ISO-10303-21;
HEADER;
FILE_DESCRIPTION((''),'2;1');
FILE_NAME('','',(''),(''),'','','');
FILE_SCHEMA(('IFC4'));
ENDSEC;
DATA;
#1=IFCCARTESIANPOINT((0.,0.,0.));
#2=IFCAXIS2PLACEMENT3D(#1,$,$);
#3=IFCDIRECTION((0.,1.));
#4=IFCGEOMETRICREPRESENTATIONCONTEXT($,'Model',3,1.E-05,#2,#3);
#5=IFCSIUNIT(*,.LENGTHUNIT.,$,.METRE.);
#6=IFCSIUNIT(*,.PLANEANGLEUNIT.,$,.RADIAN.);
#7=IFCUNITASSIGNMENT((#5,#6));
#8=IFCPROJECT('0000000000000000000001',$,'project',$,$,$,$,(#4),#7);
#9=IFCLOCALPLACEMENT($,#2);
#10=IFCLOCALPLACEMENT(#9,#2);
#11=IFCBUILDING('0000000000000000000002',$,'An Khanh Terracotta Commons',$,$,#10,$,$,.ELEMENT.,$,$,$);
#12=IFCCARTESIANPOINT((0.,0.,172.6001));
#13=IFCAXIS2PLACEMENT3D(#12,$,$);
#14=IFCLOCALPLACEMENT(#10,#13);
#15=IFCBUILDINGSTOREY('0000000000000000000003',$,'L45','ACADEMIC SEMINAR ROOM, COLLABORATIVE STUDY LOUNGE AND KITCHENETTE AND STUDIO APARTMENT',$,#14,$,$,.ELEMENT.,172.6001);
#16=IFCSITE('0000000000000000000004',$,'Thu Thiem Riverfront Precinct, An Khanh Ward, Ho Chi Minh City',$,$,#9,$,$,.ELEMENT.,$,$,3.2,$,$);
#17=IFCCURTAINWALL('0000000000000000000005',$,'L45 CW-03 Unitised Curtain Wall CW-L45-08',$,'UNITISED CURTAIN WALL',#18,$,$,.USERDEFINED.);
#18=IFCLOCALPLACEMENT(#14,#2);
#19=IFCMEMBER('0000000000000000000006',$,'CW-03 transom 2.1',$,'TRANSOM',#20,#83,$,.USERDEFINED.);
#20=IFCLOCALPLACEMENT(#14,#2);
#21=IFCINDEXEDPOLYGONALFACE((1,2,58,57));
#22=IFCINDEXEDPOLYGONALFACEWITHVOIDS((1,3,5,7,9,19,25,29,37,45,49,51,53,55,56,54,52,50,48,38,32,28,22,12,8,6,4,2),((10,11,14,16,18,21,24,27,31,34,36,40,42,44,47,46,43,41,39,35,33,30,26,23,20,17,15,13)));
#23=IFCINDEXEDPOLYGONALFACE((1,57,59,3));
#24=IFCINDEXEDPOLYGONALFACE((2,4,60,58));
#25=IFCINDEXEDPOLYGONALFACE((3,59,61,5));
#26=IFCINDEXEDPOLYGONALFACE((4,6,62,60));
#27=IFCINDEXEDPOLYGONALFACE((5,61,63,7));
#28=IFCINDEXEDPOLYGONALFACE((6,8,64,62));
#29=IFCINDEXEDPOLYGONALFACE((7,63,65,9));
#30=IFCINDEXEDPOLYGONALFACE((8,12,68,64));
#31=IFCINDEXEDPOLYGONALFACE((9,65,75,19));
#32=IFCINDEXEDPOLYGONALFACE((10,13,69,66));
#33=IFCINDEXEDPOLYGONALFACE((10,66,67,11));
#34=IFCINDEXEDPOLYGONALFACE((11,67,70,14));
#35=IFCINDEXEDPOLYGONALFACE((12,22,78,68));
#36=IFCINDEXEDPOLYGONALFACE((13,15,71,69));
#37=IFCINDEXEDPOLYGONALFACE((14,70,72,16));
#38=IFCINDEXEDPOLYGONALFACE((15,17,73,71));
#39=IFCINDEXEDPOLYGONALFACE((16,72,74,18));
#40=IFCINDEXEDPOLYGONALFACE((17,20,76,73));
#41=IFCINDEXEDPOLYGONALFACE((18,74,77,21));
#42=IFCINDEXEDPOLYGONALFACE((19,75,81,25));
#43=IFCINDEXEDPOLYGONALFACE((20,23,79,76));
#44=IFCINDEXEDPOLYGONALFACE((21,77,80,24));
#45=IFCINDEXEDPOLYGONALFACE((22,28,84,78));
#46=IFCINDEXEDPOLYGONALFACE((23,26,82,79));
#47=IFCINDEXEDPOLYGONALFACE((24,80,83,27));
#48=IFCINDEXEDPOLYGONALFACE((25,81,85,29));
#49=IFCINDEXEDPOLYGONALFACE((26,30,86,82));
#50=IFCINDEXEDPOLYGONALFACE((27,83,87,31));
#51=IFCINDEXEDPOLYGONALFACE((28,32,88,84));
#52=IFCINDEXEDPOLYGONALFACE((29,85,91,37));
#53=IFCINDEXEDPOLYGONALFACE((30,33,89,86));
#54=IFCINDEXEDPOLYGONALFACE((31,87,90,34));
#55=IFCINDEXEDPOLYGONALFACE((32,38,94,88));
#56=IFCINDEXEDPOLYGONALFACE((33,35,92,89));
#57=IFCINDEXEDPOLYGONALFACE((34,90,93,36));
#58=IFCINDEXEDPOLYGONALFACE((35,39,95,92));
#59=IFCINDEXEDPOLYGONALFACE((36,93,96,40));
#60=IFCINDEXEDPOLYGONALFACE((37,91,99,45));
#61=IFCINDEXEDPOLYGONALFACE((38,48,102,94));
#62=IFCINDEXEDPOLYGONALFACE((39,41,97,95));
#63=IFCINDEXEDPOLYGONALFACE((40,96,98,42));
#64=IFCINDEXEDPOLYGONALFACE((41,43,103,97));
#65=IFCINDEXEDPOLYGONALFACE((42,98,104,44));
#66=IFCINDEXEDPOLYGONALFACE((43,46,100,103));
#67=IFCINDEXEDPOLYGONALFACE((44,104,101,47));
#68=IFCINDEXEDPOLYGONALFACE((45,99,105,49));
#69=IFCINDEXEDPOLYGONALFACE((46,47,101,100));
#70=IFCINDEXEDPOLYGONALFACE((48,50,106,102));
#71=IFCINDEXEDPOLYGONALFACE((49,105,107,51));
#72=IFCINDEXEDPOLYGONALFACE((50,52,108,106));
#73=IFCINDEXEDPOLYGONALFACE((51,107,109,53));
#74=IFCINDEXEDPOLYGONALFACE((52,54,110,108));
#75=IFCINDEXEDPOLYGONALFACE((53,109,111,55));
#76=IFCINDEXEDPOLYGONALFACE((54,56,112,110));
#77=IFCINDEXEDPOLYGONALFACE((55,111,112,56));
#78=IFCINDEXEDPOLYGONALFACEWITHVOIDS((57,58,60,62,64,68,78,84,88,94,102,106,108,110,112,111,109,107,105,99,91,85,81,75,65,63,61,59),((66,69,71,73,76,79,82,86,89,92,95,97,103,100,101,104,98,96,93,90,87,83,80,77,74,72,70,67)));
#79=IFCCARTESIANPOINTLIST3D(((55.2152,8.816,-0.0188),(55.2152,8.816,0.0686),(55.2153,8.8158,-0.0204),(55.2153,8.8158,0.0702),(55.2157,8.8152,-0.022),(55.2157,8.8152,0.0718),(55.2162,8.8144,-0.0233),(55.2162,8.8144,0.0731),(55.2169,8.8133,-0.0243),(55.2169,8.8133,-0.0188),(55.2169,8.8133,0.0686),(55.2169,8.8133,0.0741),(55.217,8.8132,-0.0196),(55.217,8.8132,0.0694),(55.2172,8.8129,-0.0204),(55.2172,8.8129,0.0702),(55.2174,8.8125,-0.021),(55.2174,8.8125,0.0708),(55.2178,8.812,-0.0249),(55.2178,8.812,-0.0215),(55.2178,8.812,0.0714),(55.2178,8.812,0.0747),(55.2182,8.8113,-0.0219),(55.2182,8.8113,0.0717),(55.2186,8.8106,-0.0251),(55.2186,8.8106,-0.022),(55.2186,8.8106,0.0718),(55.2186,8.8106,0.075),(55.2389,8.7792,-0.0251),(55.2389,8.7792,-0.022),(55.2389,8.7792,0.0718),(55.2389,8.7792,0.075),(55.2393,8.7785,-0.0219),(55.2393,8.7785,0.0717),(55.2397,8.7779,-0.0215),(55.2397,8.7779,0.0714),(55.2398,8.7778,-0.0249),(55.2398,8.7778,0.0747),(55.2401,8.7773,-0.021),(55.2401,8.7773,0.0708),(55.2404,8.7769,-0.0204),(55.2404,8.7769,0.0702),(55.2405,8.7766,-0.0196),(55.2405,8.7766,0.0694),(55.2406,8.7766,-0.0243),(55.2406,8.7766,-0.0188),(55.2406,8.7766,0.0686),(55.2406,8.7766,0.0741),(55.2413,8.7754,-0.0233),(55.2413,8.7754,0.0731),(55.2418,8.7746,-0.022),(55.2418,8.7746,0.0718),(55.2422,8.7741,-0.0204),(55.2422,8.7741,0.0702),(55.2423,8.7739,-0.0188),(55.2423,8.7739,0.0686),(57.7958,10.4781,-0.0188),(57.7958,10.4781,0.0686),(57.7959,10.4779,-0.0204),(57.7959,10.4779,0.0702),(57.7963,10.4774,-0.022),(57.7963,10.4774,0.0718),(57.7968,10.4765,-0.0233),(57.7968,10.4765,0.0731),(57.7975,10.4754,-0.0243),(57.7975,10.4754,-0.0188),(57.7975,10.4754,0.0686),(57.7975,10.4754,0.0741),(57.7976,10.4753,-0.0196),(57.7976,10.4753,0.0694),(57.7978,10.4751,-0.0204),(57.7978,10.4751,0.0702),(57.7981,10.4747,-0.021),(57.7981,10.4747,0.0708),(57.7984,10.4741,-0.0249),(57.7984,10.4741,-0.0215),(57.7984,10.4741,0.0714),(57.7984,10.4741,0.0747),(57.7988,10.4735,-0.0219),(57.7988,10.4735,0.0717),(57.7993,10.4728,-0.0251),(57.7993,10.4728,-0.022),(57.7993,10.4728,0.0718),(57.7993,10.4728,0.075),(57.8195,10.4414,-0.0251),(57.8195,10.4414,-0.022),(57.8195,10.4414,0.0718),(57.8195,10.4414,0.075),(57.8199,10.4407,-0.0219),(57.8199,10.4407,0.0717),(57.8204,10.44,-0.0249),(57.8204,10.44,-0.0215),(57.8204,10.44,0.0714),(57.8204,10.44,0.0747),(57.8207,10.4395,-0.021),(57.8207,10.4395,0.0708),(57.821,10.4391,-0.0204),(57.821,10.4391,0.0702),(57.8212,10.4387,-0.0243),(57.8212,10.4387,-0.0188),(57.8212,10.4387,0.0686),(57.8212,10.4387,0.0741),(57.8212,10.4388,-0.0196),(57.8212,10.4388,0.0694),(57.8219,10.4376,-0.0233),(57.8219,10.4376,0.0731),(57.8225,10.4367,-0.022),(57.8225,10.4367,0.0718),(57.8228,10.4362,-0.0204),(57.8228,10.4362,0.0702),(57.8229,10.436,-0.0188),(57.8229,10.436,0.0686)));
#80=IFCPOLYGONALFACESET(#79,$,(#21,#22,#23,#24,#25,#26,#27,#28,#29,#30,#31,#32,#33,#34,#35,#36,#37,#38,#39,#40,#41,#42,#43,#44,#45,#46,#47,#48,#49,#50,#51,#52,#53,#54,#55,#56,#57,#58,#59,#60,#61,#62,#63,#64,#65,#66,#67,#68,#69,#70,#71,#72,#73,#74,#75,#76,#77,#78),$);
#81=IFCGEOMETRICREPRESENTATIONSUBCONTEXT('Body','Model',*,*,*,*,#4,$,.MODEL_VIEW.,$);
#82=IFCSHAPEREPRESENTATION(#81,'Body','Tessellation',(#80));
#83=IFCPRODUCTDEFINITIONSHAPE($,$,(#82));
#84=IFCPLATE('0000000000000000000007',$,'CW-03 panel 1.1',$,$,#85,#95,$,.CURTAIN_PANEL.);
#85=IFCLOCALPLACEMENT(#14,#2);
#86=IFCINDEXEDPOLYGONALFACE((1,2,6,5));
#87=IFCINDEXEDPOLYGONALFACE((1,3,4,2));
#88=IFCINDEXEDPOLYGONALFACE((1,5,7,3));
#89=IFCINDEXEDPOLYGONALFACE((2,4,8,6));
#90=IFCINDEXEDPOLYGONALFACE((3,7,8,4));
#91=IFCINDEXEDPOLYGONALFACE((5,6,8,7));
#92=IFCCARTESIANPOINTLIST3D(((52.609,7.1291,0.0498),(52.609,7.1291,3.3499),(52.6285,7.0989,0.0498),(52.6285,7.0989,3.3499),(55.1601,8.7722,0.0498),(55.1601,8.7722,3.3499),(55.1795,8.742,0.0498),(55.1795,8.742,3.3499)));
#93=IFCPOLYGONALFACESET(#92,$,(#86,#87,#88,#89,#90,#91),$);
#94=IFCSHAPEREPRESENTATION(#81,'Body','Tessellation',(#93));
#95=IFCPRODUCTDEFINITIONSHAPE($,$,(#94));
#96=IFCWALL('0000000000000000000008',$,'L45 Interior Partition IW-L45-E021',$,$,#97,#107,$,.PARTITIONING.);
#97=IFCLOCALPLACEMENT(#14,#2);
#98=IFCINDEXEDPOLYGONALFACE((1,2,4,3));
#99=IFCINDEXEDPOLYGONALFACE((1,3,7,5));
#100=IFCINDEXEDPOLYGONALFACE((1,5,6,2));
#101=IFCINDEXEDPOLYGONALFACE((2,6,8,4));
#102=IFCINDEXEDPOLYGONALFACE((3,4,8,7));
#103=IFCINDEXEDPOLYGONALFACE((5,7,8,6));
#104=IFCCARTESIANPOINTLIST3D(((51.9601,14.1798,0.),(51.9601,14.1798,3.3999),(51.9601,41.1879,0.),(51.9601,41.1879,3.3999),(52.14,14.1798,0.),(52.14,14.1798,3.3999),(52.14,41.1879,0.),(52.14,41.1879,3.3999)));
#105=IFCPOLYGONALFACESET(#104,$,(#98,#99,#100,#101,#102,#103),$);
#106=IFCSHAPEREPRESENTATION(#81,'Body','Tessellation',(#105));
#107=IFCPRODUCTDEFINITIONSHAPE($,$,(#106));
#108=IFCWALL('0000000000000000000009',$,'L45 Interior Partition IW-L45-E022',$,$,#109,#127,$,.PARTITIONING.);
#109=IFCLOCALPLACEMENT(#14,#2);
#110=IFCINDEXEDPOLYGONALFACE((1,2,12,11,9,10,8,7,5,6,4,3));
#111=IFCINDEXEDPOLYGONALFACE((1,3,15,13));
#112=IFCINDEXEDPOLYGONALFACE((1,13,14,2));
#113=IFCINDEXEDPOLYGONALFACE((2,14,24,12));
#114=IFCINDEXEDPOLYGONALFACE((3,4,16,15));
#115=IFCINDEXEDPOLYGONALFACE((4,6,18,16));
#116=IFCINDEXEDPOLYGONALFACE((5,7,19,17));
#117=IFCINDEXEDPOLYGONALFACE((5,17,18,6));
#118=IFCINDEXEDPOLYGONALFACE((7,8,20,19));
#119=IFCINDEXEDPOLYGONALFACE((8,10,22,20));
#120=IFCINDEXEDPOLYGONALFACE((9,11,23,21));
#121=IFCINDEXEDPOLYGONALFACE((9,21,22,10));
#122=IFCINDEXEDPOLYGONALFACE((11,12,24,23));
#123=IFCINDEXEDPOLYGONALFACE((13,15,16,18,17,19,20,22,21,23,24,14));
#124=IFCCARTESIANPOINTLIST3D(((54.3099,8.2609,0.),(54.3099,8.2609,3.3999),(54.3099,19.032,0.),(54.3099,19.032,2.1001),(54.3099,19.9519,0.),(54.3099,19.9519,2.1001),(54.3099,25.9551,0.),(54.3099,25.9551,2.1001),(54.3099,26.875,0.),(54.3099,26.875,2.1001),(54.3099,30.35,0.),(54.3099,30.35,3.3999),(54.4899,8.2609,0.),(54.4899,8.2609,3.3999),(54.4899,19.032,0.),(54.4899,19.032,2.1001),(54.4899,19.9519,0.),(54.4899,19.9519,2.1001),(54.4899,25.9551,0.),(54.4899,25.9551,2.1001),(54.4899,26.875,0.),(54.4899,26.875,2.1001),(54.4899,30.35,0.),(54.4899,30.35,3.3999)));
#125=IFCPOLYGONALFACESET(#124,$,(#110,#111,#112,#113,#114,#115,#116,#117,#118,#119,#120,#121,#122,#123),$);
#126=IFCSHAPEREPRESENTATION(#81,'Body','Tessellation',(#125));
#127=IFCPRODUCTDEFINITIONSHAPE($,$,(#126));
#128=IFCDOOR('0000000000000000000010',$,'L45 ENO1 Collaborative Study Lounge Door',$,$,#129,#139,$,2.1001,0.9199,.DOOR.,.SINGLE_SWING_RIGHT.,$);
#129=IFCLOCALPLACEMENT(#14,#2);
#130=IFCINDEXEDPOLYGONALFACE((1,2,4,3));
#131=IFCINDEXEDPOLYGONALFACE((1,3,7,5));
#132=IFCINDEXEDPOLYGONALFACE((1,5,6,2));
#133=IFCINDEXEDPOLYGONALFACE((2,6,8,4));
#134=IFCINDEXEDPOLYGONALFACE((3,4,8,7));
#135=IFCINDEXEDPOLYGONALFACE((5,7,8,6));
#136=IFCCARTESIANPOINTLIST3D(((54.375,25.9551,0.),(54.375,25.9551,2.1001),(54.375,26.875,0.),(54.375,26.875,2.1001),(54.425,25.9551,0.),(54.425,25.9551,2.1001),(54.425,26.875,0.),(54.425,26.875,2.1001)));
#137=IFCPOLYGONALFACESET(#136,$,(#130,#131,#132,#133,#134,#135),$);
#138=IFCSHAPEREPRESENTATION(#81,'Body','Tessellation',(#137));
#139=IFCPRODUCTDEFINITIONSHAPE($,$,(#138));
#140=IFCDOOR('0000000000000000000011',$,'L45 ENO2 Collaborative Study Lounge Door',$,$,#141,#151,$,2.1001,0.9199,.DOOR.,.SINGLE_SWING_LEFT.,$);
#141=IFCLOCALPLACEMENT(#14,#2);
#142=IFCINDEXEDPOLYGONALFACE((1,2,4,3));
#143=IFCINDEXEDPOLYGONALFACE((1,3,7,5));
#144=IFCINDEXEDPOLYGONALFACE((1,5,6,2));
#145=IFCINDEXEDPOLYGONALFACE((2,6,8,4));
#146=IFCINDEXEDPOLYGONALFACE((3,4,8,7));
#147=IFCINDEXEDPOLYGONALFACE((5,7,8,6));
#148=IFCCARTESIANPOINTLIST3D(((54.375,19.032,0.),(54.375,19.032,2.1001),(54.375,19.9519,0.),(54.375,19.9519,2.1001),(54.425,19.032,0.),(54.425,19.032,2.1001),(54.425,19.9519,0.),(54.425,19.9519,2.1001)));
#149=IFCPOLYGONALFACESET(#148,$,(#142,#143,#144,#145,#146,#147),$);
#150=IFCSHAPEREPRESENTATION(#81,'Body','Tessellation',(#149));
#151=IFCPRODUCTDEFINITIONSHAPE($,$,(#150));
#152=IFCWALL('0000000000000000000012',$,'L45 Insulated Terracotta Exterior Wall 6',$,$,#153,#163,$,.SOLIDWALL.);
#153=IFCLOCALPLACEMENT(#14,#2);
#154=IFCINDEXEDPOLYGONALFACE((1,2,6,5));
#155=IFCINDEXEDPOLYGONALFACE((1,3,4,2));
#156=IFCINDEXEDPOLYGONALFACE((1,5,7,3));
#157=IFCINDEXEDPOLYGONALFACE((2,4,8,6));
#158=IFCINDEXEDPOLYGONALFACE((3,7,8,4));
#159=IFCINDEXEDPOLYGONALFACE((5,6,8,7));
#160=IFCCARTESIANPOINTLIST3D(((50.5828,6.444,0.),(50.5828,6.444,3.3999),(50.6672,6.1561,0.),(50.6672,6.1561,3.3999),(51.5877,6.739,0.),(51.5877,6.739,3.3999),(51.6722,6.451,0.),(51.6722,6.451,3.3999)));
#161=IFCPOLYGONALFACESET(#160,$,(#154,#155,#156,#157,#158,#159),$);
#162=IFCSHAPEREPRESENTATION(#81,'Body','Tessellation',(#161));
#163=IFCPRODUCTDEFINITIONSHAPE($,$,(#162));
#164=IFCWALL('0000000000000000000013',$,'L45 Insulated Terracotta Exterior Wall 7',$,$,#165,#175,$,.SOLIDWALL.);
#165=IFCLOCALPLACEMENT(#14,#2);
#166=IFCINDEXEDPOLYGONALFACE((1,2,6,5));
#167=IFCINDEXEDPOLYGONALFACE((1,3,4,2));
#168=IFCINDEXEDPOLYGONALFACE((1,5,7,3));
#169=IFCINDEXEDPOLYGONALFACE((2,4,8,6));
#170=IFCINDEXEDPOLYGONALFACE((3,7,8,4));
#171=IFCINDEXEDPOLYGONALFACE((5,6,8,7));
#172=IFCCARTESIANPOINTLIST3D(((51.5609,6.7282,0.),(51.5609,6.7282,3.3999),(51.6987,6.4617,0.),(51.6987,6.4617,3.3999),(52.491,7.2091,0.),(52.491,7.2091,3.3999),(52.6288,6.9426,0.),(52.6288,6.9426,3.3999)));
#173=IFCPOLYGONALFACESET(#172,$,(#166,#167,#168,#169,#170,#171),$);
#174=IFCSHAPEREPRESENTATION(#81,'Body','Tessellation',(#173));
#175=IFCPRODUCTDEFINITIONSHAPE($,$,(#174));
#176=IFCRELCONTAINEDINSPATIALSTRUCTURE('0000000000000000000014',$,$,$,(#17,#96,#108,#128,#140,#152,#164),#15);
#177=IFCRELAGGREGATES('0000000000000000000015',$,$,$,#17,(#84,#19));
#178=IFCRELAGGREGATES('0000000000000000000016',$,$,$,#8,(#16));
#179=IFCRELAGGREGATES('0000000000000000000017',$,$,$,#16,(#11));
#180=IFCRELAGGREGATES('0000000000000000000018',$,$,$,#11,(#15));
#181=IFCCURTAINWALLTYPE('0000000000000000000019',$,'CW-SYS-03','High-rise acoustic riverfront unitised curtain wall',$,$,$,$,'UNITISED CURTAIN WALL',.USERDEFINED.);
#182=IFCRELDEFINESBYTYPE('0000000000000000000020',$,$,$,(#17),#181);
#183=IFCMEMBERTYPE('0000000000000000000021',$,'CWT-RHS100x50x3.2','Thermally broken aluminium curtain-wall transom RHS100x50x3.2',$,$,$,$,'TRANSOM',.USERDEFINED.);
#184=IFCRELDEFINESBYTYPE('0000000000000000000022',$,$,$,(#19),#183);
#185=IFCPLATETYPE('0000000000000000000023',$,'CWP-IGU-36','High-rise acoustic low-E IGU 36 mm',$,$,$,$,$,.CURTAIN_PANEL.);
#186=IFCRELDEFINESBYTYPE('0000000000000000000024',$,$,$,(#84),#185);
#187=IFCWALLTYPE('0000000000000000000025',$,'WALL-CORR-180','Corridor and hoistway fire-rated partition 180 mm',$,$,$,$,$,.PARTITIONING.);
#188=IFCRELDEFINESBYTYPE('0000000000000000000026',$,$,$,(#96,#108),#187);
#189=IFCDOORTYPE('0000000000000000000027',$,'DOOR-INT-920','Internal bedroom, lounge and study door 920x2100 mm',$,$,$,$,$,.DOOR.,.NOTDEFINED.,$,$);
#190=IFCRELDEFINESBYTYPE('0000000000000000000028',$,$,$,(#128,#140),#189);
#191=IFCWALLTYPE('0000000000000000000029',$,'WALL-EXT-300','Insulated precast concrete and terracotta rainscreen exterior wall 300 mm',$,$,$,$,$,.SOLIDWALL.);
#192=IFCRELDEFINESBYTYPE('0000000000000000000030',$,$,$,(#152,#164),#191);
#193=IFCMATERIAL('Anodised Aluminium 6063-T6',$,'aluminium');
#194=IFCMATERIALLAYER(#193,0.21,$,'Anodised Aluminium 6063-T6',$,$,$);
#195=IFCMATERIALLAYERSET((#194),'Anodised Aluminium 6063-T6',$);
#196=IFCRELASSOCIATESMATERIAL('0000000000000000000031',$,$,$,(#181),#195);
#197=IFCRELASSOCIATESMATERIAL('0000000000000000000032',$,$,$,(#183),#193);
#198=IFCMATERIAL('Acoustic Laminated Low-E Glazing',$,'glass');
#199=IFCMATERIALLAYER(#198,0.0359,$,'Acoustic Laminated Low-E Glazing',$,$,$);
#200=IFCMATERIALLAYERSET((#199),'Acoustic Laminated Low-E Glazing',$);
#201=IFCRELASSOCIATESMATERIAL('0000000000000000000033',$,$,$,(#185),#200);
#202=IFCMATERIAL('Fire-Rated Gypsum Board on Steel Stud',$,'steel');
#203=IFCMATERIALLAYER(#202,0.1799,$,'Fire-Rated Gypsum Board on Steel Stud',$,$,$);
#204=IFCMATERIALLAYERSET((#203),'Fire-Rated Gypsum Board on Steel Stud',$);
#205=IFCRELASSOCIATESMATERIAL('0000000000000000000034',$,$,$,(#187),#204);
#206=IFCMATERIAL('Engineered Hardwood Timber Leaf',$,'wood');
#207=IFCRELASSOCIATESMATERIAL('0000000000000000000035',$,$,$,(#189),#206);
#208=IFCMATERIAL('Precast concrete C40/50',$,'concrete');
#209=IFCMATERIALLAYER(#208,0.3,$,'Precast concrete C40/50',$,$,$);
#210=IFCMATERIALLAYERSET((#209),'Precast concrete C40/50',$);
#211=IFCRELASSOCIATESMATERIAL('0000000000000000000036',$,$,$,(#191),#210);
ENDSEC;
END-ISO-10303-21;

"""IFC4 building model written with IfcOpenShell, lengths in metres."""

from ifc_helpers import new_model, si_unit, direction, frame, frame_2d, origin, origin_2d, place, context, subcontext, project, spatial, rectangle, hollow_rectangle, extrude, material, layer, layer_set, material_profile, profile_set, type_object, element, fill, aggregate, save


model = new_model("IFC4")

# Units and contexts
model_context = context("Model", 3, precision=1e-05, world=origin(), true_north=direction((0.0, 1.0)))
body_context = subcontext(model_context, "Body", "Model", "MODEL_VIEW")
ifc_project = project(units=[si_unit("LENGTHUNIT", "METRE"), si_unit("PLANEANGLEUNIT", "RADIAN")], contexts=[model_context])

# Site, building, storey
site_placement = place(None, origin())
site = spatial("IfcSite", under=ifc_project, at=site_placement, Name="Thu Thiem Riverfront Precinct, An Khanh Ward, Ho Chi Minh City", CompositionType="ELEMENT", RefElevation=3.2)
building_placement = place(site_placement, origin())
building = spatial("IfcBuilding", under=site, at=building_placement, Name="An Khanh Terracotta Commons", CompositionType="ELEMENT")
storey_placement = place(building_placement, frame((0.0, 0.0, 172.6001)))
storey = spatial("IfcBuildingStorey", under=building, at=storey_placement, Name="L45", Description="ACADEMIC SEMINAR ROOM, COLLABORATIVE STUDY LOUNGE AND KITCHENETTE AND STUDIO APARTMENT", CompositionType="ELEMENT", Elevation=172.6001)

# Curtain wall, member, plate
ifc_material_1 = material(Name="Anodised Aluminium 6063-T6", Category="aluminium")
ifc_layer_1 = layer(ifc_material_1, 0.21, Name="Anodised Aluminium 6063-T6")
ifc_layer_set_1 = layer_set([ifc_layer_1], Name="Anodised Aluminium 6063-T6")
curtain_wall_type = type_object("IfcCurtainWallType", Name="CW-SYS-03", Description="High-rise acoustic riverfront unitised curtain wall", ElementType="UNITISED CURTAIN WALL", PredefinedType="USERDEFINED", material=ifc_layer_set_1)
curtain_wall_placement = place(storey_placement, origin())
curtain_wall = element("IfcCurtainWall", 1, at=curtain_wall_placement, inside=storey, type_object=curtain_wall_type, Name="L45 CW-03 Unitised Curtain Wall CW-L45-08", ObjectType="UNITISED CURTAIN WALL", PredefinedType="USERDEFINED")
ifc_material_profile_1 = material_profile(ifc_material_1, hollow_rectangle(XDim=0.05, YDim=0.1001, WallThickness=0.0032, InnerFilletRadius=0.0032, OuterFilletRadius=0.0063, at=origin_2d()), Name="RHS100x50x3.2")
ifc_profile_set_1 = profile_set([ifc_material_profile_1], Name="Anodised Aluminium 6063-T6")
member_type_1 = type_object("IfcMemberType", Name="CWT-RHS100x50x3.2", Description="Thermally broken aluminium curtain-wall transom RHS100x50x3.2", ElementType="TRANSOM", PredefinedType="USERDEFINED", material=ifc_profile_set_1)
member_1_placement = place(storey_placement, frame((55.2288, 8.7949, 0.0249), z_axis=(0.840708, 0.541489, 0.0), x_axis=(-0.541489, 0.840708, 0.0)))
member_1 = element("IfcMember", 2, at=member_1_placement, type_object=member_type_1, Name="CW-03 transom 2.1", ObjectType="TRANSOM", PredefinedType="USERDEFINED", context=body_context, shape_type="SweptSolid", body=[
    extrude(hollow_rectangle(XDim=0.05, YDim=0.1001, WallThickness=0.0032, InnerFilletRadius=0.0032, OuterFilletRadius=0.0063, at=origin_2d()), origin(), (0.0, 0.0, 1.0), 3.0696),
])
ifc_material_2 = material(Name="Acoustic Laminated Low-E Glazing", Category="glass")
ifc_layer_2 = layer(ifc_material_2, 0.0359, Name="Acoustic Laminated Low-E Glazing")
ifc_layer_set_2 = layer_set([ifc_layer_2], Name="Acoustic Laminated Low-E Glazing")
plate_type = type_object("IfcPlateType", Name="CWP-IGU-36", Description="High-rise acoustic low-E IGU 36 mm", PredefinedType="CURTAIN_PANEL", material=ifc_layer_set_2)
plate_placement = place(storey_placement, frame((53.8943, 7.9355, 0.0498), z_axis=(0.0, 0.0, 1.0), x_axis=(0.840702, 0.541498, 0.0)))
plate = element("IfcPlate", 3, at=plate_placement, type_object=plate_type, Name="CW-03 panel 1.1", PredefinedType="CURTAIN_PANEL", context=body_context, shape_type="SweptSolid", body=[
    extrude(rectangle(XDim=3.0344, YDim=0.0359, at=origin_2d()), origin(), (0.0, 0.0, 1.0), 3.3),
])
aggregate(curtain_wall, [plate, member_1])

# Wall
ifc_material_3 = material(Name="Fire-Rated Gypsum Board on Steel Stud", Category="steel")
ifc_layer_3 = layer(ifc_material_3, 0.1799, Name="Fire-Rated Gypsum Board on Steel Stud")
ifc_layer_set_3 = layer_set([ifc_layer_3], Name="Fire-Rated Gypsum Board on Steel Stud")
wall_type_1 = type_object("IfcWallType", Name="WALL-CORR-180", Description="Corridor and hoistway fire-rated partition 180 mm", PredefinedType="PARTITIONING", material=ifc_layer_set_3)
wall_1_placement = place(storey_placement, frame((52.05, 14.1799, 0.0), z_axis=(0.0, 0.0, 1.0), x_axis=(0.0, 1.0, 0.0)))
element("IfcWall", 4, at=wall_1_placement, inside=storey, type_object=wall_type_1, Name="L45 Interior Partition IW-L45-E021", PredefinedType="PARTITIONING", context=body_context, shape_type="SweptSolid", body=[
    extrude(rectangle(XDim=27.0081, YDim=0.1799, at=frame_2d((13.5039, 0.0))), origin(), (0.0, 0.0, 1.0), 3.3999),
])

# Wall, openings, doors
wall_2_placement = place(storey_placement, frame((54.3999, 8.261, 0.0), z_axis=(0.0, 0.0, 1.0), x_axis=(0.0, 1.0, 0.0)))
wall_2 = element("IfcWall", 5, at=wall_2_placement, inside=storey, type_object=wall_type_1, Name="L45 Interior Partition IW-L45-E022", PredefinedType="PARTITIONING", context=body_context, shape_type="SweptSolid", body=[
    extrude(rectangle(XDim=22.0891, YDim=0.1799, at=frame_2d((11.0444, 0.0))), origin(), (0.0, 0.0, 1.0), 3.3999),
])
opening_1_placement = place(wall_2_placement, frame((17.6941, 0.0, 0.0)))
opening_1 = element("IfcOpeningElement", 6, at=opening_1_placement, cuts=wall_2, PredefinedType="OPENING", context=body_context, shape_type="SweptSolid", body=[
    extrude(rectangle(XDim=0.9199, YDim=2.1001, at=frame_2d((0.46, 1.05))), frame((0.0, 0.0999, 0.0), z_axis=(0.0, -1.0, 0.0), x_axis=(1.0, 0.0, 0.0)), (0.0, 0.0, 1.0), 0.2),
])
opening_2_placement = place(wall_2_placement, frame((10.771, 0.0, 0.0)))
opening_2 = element("IfcOpeningElement", 7, at=opening_2_placement, cuts=wall_2, PredefinedType="OPENING", context=body_context, shape_type="SweptSolid", body=[
    extrude(rectangle(XDim=0.9199, YDim=2.1001, at=frame_2d((0.46, 1.05))), frame((0.0, 0.0999, 0.0), z_axis=(0.0, -1.0, 0.0), x_axis=(1.0, 0.0, 0.0)), (0.0, 0.0, 1.0), 0.2),
])
ifc_material_4 = material(Name="Engineered Hardwood Timber Leaf", Category="wood")
door_type = type_object("IfcDoorType", Name="DOOR-INT-920", Description="Internal bedroom, lounge and study door 920x2100 mm", OperationType="NOTDEFINED", PredefinedType="DOOR", material=ifc_material_4)
door_1_placement = place(opening_1_placement, origin())
door_1 = element("IfcDoor", 8, at=door_1_placement, inside=storey, type_object=door_type, Name="L45 ENO1 Collaborative Study Lounge Door", OperationType="SINGLE_SWING_RIGHT", OverallHeight=2.1001, OverallWidth=0.9199, PredefinedType="DOOR", context=body_context, shape_type="SweptSolid", body=[
    extrude(rectangle(XDim=0.9199, YDim=2.1001, at=frame_2d((0.46, 1.05))), frame((0.0, 0.0249, 0.0), z_axis=(0.0, -1.0, 0.0), x_axis=(1.0, 0.0, 0.0)), (0.0, 0.0, 1.0), 0.05),
])
fill(opening_1, door_1)
door_2_placement = place(opening_2_placement, origin())
door_2 = element("IfcDoor", 9, at=door_2_placement, inside=storey, type_object=door_type, Name="L45 ENO2 Collaborative Study Lounge Door", OperationType="SINGLE_SWING_LEFT", OverallHeight=2.1001, OverallWidth=0.9199, PredefinedType="DOOR", context=body_context, shape_type="SweptSolid", body=[
    extrude(rectangle(XDim=0.9199, YDim=2.1001, at=frame_2d((0.46, 1.05))), frame((0.0, 0.0249, 0.0), z_axis=(0.0, -1.0, 0.0), x_axis=(1.0, 0.0, 0.0)), (0.0, 0.0, 1.0), 0.05),
])
fill(opening_2, door_2)

# Walls
ifc_material_5 = material(Name="Precast concrete C40/50", Category="concrete")
ifc_layer_4 = layer(ifc_material_5, 0.3, Name="Precast concrete C40/50")
ifc_layer_set_4 = layer_set([ifc_layer_4], Name="Precast concrete C40/50")
wall_type_2 = type_object("IfcWallType", Name="WALL-EXT-300", Description="Insulated precast concrete and terracotta rainscreen exterior wall 300 mm", PredefinedType="SOLIDWALL", material=ifc_layer_set_4)
wall_3_placement = place(storey_placement, frame((50.625, 6.3, 0.0), z_axis=(0.0, 0.0, 1.0), x_axis=(0.959529, 0.281611, 0.0)))
element("IfcWall", 10, at=wall_3_placement, inside=storey, type_object=wall_type_2, Name="L45 Insulated Terracotta Exterior Wall 6", PredefinedType="SOLIDWALL", context=body_context, shape_type="SweptSolid", body=[
    extrude(rectangle(XDim=1.0474, YDim=0.3, at=frame_2d((0.5237, 0.0))), origin(), (0.0, 0.0, 1.0), 3.3999),
])
wall_4_placement = place(storey_placement, frame((51.6299, 6.595, 0.0), z_axis=(0.0, 0.0, 1.0), x_axis=(0.888283, 0.459296, 0.0)))
element("IfcWall", 11, at=wall_4_placement, inside=storey, type_object=wall_type_2, Name="L45 Insulated Terracotta Exterior Wall 7", PredefinedType="SOLIDWALL", context=body_context, shape_type="SweptSolid", body=[
    extrude(rectangle(XDim=1.0471, YDim=0.3, at=frame_2d((0.5234, 0.0))), origin(), (0.0, 0.0, 1.0), 3.3999),
])

save(model, "model.ifc")
